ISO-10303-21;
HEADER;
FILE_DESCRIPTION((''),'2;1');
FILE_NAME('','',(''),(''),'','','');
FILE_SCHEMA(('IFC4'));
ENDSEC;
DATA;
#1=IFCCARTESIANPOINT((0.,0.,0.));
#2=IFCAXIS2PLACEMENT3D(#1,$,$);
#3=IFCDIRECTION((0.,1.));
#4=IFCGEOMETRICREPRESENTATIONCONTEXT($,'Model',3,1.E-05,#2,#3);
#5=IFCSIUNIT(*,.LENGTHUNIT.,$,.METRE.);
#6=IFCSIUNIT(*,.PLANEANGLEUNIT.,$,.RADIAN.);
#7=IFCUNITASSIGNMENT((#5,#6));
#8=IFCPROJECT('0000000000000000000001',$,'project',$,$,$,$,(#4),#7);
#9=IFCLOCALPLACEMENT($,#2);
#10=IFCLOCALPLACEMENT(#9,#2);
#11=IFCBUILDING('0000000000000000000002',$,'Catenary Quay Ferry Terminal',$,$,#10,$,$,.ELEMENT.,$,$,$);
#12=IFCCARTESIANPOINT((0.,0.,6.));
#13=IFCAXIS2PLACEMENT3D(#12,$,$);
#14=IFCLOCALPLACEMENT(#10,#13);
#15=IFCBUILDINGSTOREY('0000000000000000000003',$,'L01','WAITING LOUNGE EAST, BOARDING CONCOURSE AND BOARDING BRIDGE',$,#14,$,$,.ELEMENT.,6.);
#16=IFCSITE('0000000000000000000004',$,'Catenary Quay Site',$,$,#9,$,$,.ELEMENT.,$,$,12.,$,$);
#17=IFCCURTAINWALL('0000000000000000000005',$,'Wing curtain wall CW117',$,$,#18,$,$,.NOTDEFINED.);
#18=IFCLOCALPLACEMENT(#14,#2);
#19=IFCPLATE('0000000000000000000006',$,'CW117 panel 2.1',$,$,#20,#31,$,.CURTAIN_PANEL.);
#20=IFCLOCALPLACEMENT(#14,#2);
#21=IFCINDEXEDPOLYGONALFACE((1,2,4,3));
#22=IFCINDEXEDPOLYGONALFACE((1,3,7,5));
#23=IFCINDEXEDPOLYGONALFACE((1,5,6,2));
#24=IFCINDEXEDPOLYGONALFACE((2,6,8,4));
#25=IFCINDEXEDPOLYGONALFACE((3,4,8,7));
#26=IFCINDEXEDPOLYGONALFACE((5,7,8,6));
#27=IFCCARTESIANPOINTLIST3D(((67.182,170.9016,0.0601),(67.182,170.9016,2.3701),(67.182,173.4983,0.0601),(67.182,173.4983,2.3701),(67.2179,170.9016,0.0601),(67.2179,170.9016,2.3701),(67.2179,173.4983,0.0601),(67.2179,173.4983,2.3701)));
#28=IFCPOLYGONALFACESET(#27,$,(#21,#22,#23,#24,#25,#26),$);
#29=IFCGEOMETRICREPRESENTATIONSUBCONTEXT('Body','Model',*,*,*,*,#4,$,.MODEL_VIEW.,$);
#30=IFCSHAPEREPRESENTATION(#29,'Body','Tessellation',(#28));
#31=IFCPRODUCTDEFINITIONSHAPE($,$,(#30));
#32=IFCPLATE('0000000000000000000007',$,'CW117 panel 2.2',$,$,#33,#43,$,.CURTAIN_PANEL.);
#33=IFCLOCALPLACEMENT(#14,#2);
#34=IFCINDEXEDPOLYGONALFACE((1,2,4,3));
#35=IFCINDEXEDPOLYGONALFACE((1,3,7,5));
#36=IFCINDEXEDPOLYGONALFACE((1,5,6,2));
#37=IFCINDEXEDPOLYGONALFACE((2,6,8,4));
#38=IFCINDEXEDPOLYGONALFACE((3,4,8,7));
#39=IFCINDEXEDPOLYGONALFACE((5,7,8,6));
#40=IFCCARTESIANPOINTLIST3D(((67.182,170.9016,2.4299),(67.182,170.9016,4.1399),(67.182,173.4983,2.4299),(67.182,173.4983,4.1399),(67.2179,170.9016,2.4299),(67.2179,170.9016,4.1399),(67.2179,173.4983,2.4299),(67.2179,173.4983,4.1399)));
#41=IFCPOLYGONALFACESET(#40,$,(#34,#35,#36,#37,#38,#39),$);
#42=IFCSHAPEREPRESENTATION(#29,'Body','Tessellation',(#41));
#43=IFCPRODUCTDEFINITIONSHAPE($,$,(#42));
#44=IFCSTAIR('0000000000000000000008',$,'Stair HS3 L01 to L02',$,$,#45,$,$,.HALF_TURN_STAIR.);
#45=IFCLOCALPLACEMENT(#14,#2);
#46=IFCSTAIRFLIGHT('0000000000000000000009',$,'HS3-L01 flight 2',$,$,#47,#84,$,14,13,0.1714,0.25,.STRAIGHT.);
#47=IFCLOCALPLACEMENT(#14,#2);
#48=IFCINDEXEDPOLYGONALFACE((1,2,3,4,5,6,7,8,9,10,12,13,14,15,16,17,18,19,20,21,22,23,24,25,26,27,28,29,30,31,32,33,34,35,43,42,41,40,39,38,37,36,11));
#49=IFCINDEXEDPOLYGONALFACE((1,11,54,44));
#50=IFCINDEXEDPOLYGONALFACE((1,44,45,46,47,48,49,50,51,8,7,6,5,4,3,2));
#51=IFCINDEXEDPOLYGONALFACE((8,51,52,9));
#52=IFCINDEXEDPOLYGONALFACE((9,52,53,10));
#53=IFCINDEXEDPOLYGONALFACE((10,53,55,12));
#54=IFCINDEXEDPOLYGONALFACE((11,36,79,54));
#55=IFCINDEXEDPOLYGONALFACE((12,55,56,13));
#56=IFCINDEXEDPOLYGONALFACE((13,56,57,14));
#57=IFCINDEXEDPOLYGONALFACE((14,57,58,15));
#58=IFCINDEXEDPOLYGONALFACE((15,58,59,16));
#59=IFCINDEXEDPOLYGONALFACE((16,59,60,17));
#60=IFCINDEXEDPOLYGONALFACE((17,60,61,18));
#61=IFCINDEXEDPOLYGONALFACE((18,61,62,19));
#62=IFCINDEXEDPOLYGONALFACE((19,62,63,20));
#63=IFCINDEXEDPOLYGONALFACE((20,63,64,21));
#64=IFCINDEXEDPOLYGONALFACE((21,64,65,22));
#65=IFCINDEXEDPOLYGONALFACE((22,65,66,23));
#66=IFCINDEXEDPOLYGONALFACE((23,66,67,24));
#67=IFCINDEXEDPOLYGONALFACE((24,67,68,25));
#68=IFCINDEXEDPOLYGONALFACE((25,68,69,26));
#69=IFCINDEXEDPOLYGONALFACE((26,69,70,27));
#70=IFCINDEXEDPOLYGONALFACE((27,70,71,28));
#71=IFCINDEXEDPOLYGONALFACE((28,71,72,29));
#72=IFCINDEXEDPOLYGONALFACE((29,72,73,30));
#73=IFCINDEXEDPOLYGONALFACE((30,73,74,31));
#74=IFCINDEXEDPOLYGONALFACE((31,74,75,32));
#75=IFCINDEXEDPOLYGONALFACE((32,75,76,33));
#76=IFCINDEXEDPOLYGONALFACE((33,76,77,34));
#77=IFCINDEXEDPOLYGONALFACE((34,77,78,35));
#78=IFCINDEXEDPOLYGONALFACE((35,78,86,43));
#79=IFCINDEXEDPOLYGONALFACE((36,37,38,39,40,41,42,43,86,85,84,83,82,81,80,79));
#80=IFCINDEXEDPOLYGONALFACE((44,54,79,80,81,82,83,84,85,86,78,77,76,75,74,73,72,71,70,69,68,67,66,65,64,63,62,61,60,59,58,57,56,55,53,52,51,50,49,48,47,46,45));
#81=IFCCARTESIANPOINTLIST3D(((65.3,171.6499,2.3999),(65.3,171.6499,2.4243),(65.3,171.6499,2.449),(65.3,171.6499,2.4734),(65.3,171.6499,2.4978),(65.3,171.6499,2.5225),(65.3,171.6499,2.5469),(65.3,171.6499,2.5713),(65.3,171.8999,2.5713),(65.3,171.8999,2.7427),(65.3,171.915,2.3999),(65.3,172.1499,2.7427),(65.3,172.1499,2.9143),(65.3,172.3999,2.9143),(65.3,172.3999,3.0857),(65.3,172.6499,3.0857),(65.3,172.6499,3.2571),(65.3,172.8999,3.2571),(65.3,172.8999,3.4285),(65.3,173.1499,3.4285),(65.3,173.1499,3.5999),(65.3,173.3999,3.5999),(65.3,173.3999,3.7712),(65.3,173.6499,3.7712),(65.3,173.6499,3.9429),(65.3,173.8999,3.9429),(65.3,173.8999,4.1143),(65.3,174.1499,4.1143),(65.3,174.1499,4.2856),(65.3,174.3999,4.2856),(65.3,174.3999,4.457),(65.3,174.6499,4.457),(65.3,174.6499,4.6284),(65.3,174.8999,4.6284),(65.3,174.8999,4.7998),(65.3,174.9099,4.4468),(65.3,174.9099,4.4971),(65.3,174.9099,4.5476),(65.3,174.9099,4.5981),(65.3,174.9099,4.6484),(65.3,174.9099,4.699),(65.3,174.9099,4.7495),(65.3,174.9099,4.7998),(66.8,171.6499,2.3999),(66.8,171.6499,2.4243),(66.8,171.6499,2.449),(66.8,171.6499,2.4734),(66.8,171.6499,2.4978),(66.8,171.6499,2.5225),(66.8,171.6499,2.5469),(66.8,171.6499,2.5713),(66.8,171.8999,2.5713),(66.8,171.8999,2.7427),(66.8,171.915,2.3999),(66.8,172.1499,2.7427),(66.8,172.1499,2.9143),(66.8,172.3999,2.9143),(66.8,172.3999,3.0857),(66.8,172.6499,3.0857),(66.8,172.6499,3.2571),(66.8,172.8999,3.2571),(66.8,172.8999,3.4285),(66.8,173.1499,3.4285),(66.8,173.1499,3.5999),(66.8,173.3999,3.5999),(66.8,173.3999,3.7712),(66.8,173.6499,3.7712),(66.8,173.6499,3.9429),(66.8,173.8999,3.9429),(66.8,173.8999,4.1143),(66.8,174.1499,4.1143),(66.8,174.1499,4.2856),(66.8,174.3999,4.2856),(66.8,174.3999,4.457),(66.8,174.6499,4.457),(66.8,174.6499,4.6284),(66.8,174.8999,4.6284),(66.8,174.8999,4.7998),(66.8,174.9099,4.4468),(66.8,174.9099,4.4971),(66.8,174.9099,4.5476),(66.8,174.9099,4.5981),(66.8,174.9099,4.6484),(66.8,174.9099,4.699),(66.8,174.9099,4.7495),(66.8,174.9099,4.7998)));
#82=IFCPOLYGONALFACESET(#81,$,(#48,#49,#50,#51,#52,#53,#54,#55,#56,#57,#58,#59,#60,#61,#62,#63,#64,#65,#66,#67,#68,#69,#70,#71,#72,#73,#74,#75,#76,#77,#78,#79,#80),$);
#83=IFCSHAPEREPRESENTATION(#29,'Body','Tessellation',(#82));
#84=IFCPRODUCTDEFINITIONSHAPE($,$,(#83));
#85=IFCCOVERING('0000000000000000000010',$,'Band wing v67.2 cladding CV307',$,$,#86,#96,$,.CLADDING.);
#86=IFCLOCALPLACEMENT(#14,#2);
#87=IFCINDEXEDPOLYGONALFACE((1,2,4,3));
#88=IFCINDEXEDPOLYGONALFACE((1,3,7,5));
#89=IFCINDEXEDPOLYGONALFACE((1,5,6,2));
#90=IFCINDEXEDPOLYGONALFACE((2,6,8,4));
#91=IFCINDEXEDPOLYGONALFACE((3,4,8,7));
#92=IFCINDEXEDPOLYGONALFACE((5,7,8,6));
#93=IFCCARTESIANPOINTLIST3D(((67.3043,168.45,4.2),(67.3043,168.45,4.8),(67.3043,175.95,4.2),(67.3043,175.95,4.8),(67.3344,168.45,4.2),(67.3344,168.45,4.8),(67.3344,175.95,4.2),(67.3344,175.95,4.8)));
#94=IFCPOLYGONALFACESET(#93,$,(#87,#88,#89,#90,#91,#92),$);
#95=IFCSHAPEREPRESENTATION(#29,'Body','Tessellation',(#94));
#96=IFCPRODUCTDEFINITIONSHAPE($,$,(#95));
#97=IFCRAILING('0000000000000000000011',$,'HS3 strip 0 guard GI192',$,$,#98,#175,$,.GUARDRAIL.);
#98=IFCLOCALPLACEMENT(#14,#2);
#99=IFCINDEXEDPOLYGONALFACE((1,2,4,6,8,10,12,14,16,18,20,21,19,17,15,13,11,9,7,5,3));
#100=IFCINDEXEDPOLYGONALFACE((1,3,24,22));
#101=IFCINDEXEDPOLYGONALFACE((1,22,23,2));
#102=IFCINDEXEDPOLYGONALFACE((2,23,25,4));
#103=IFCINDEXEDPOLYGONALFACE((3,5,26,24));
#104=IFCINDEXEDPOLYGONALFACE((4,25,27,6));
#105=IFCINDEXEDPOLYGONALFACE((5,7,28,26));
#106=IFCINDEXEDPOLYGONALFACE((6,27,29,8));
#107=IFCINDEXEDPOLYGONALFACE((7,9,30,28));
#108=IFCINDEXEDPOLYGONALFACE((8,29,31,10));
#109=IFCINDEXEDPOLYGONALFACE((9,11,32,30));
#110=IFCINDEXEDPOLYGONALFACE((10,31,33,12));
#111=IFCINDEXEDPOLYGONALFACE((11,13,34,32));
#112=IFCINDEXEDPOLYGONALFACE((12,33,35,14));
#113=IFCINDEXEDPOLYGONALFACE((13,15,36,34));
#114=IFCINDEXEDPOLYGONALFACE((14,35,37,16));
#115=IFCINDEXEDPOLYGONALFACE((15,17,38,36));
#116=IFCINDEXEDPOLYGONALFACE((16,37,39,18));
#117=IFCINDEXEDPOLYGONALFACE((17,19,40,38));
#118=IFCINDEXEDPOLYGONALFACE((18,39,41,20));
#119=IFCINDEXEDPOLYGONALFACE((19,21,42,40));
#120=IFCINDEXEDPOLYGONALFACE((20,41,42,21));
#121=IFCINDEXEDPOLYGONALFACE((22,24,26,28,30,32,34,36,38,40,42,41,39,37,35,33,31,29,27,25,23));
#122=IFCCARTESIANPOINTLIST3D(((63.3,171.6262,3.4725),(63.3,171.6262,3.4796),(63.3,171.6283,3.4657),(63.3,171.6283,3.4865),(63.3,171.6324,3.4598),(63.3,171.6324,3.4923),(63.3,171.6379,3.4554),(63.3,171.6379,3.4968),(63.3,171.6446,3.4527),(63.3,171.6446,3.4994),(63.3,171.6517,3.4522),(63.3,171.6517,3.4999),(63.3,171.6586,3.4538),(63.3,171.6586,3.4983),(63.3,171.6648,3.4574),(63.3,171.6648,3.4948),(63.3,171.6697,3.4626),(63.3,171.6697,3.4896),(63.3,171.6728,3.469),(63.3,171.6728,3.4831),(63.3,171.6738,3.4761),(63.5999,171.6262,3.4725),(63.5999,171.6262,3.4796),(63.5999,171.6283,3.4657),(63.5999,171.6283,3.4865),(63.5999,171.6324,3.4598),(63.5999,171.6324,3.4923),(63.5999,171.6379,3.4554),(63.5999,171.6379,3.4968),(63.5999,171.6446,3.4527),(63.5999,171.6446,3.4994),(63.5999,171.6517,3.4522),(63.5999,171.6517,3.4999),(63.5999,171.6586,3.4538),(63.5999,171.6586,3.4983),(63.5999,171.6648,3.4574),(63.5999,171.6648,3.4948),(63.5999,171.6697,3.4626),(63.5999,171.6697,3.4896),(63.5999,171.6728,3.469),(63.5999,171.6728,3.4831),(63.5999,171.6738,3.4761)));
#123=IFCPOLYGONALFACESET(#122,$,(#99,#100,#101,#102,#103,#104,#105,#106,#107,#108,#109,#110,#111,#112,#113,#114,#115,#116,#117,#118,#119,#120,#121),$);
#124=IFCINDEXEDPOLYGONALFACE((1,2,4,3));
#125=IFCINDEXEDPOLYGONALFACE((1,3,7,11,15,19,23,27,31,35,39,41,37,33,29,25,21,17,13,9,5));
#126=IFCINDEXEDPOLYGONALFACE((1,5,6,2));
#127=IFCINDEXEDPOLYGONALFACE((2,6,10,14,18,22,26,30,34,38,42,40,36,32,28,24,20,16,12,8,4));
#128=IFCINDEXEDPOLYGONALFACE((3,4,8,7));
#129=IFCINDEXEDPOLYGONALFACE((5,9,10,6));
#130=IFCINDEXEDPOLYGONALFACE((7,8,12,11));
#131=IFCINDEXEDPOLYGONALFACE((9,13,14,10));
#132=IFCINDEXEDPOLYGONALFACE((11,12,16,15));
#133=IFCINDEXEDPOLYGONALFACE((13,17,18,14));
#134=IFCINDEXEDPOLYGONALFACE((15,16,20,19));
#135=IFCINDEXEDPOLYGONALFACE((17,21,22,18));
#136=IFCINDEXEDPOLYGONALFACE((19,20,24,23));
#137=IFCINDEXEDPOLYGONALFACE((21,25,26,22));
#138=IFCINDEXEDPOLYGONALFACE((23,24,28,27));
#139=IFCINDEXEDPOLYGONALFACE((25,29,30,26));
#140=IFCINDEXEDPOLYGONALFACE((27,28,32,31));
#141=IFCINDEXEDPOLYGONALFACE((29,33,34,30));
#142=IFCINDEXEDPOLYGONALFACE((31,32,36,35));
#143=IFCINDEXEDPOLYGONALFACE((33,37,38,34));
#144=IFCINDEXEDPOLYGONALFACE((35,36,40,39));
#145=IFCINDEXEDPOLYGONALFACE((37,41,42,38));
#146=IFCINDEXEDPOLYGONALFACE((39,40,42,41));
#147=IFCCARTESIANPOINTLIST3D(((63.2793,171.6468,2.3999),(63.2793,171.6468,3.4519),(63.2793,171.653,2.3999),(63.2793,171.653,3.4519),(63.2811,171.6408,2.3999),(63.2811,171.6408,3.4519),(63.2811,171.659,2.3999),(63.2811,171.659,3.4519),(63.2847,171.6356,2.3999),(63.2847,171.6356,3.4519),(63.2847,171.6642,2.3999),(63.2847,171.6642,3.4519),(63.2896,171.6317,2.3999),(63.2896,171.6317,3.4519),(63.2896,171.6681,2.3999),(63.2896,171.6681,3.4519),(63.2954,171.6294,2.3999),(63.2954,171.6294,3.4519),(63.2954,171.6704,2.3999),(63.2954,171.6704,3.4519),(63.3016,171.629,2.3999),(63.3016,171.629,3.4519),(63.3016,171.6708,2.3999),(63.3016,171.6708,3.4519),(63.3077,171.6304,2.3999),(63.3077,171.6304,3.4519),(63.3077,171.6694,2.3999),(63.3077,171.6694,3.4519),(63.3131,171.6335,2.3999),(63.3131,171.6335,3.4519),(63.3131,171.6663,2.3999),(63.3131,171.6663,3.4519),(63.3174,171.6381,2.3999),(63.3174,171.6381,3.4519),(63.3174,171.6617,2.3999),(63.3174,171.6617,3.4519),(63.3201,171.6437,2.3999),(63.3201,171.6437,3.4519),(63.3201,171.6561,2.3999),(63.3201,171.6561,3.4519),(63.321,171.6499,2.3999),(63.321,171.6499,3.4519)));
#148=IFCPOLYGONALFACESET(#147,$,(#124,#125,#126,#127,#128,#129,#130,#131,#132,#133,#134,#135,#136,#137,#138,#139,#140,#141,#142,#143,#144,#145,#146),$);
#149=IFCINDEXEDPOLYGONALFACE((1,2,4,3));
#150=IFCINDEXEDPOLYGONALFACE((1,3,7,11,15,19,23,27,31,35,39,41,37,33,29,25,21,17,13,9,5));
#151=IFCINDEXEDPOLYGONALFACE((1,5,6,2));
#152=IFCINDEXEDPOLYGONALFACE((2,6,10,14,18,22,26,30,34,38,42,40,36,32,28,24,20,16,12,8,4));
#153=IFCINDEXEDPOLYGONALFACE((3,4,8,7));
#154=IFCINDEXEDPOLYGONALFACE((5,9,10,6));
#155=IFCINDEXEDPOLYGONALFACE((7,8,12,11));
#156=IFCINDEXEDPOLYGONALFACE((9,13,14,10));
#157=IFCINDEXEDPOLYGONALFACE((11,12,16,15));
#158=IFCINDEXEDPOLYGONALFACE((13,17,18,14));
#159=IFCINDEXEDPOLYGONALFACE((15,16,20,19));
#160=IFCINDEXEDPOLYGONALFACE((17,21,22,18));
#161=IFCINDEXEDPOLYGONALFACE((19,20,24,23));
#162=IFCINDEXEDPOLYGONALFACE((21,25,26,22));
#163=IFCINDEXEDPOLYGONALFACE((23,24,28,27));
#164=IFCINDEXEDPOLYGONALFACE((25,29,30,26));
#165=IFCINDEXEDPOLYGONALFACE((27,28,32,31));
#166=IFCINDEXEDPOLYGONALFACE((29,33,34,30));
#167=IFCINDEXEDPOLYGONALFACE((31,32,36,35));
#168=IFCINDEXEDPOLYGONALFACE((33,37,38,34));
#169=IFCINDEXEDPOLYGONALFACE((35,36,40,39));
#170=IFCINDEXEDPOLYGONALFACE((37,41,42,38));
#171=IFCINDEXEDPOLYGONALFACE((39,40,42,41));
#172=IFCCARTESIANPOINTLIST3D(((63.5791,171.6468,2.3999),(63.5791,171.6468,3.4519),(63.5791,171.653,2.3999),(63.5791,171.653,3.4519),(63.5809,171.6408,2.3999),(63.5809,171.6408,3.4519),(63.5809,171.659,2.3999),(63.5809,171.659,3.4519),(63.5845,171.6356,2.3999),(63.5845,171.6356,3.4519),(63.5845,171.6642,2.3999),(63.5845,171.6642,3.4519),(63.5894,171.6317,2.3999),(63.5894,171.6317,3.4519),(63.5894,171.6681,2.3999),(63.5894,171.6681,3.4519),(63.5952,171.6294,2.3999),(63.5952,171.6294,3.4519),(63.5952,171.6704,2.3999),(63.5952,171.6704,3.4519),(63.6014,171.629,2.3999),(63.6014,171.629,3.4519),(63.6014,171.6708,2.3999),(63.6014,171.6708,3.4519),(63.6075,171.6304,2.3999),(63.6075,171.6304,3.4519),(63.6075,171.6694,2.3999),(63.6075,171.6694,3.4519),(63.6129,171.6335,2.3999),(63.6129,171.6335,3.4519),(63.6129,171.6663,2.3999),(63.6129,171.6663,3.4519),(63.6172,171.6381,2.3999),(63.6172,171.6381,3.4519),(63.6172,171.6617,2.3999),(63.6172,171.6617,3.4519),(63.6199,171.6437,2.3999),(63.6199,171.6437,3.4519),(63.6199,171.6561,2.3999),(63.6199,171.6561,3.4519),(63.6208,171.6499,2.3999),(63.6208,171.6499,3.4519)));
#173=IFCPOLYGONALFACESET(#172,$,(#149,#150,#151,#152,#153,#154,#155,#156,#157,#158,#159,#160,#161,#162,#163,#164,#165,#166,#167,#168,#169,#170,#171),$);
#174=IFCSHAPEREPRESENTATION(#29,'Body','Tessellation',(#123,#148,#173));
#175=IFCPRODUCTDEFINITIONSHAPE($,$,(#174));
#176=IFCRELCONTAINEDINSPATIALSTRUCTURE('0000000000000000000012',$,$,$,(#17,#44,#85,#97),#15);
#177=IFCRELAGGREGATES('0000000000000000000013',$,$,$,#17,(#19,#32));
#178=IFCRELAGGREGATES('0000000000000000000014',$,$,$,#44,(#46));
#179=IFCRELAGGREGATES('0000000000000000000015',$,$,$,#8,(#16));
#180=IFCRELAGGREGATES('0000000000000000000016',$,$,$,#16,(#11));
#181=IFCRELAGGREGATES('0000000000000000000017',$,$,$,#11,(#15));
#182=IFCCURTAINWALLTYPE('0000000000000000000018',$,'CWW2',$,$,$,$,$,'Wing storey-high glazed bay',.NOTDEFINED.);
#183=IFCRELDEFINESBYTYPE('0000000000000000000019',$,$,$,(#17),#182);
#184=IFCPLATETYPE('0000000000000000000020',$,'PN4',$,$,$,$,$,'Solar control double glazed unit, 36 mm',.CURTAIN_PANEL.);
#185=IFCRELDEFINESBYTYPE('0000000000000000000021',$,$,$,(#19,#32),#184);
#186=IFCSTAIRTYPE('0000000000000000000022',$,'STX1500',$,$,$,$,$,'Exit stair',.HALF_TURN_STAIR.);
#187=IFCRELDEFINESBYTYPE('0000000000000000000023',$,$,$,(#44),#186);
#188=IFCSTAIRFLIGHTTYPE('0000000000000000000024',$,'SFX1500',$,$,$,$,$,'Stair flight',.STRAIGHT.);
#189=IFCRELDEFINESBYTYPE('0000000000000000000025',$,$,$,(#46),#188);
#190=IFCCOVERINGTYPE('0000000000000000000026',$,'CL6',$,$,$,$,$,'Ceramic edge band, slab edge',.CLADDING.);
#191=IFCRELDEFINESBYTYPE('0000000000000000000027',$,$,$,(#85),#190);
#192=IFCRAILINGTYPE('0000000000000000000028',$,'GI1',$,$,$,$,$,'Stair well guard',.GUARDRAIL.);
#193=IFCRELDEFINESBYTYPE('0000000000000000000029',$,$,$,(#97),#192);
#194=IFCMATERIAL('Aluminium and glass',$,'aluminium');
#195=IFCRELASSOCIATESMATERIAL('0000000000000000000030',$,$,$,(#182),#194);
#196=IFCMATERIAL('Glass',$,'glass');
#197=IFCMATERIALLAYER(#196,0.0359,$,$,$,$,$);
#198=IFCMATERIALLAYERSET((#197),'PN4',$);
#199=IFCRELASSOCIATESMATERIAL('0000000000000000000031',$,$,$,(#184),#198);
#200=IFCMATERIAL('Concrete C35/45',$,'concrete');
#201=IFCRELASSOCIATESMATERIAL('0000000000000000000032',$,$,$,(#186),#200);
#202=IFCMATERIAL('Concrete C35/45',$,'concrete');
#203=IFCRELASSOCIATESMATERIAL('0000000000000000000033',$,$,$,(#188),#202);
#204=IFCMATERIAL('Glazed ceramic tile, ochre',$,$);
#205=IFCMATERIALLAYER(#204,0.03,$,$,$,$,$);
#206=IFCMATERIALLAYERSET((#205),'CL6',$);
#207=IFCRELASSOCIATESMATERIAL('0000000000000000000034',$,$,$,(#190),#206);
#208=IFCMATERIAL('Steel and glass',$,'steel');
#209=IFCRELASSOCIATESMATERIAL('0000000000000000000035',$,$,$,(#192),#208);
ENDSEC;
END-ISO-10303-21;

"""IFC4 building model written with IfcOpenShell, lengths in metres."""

from ifc_helpers import new_model, si_unit, direction, frame, origin, origin_2d, place, context, subcontext, project, spatial, polyline, rectangle, circle, outline, extrude, material, layer, layer_set, type_object, element, aggregate, save


model = new_model("IFC4")

# Units and contexts
model_context = context("Model", 3, precision=1e-05, world=origin(), true_north=direction((0.0, 1.0)))
body_context = subcontext(model_context, "Body", "Model", "MODEL_VIEW")
ifc_project = project(units=[si_unit("LENGTHUNIT", "METRE"), si_unit("PLANEANGLEUNIT", "RADIAN")], contexts=[model_context])

# Site, building, storey
site_placement = place(None, origin())
site = spatial("IfcSite", under=ifc_project, at=site_placement, Name="Catenary Quay Site", CompositionType="ELEMENT", RefElevation=12.0)
building_placement = place(site_placement, origin())
building = spatial("IfcBuilding", under=site, at=building_placement, Name="Catenary Quay Ferry Terminal", CompositionType="ELEMENT")
storey_placement = place(building_placement, frame((0.0, 0.0, 6.0)))
storey = spatial("IfcBuildingStorey", under=building, at=storey_placement, Name="L01", Description="WAITING LOUNGE EAST, BOARDING CONCOURSE AND BOARDING BRIDGE", CompositionType="ELEMENT", Elevation=6.0)

# Curtain wall, plates
ifc_material_1 = material(Name="Aluminium and glass", Category="aluminium")
curtain_wall_type = type_object("IfcCurtainWallType", Name="CWW2", ElementType="Wing storey-high glazed bay", PredefinedType="NOTDEFINED", material=ifc_material_1)
curtain_wall_placement = place(storey_placement, origin())
curtain_wall = element("IfcCurtainWall", 1, at=curtain_wall_placement, inside=storey, type_object=curtain_wall_type, Name="Wing curtain wall CW117", PredefinedType="NOTDEFINED")
ifc_material_2 = material(Name="Glass", Category="glass")
ifc_layer_1 = layer(ifc_material_2, 0.0359)
ifc_layer_set_1 = layer_set([ifc_layer_1], Name="PN4")
plate_type = type_object("IfcPlateType", Name="PN4", ElementType="Solar control double glazed unit, 36 mm", PredefinedType="CURTAIN_PANEL", material=ifc_layer_set_1)
plate_1_placement = place(storey_placement, frame((67.2, 172.2, 0.0601), z_axis=(0.0, 0.0, 1.0), x_axis=(0.0, 1.0, 0.0)))
plate_1 = element("IfcPlate", 2, at=plate_1_placement, type_object=plate_type, Name="CW117 panel 2.1", PredefinedType="CURTAIN_PANEL", context=body_context, shape_type="SweptSolid", body=[
    extrude(rectangle(XDim=2.5967, YDim=0.0359, at=origin_2d()), origin(), (0.0, 0.0, 1.0), 2.3101),
])
plate_2_placement = place(storey_placement, frame((67.2, 172.2, 2.4299), z_axis=(0.0, 0.0, 1.0), x_axis=(0.0, 1.0, 0.0)))
plate_2 = element("IfcPlate", 3, at=plate_2_placement, type_object=plate_type, Name="CW117 panel 2.2", PredefinedType="CURTAIN_PANEL", context=body_context, shape_type="SweptSolid", body=[
    extrude(rectangle(XDim=2.5967, YDim=0.0359, at=origin_2d()), origin(), (0.0, 0.0, 1.0), 1.71),
])
aggregate(curtain_wall, [plate_1, plate_2])

# Stair, stair flight
ifc_material_3 = material(Name="Concrete C35/45", Category="concrete")
stair_type = type_object("IfcStairType", Name="STX1500", ElementType="Exit stair", PredefinedType="HALF_TURN_STAIR", material=ifc_material_3)
stair_placement = place(storey_placement, origin())
stair = element("IfcStair", 4, at=stair_placement, inside=storey, type_object=stair_type, Name="Stair HS3 L01 to L02", PredefinedType="HALF_TURN_STAIR")
ifc_material_4 = material(Name="Concrete C35/45", Category="concrete")
stair_flight_type = type_object("IfcStairFlightType", Name="SFX1500", ElementType="Stair flight", PredefinedType="STRAIGHT", material=ifc_material_4)
stair_flight_placement = place(storey_placement, frame((66.05, 171.6499, 2.3999), z_axis=(0.0, 0.0, 1.0), x_axis=(0.0, 1.0, 0.0)))
stair_flight = element("IfcStairFlight", 5, at=stair_flight_placement, type_object=stair_flight_type, Name="HS3-L01 flight 2", NumberOfRisers=14, NumberOfTreads=13, PredefinedType="STRAIGHT", RiserHeight=0.1714, TreadLength=0.25, context=body_context, shape_type="SweptSolid", body=[
    extrude(outline(polyline([(0.0, 0.0), (0.0, 0.0244), (0.0, 0.0491), (0.0, 0.0735), (0.0, 0.0979), (0.0, 0.1226), (0.0, 0.147), (0.0, 0.1714), (0.25, 0.1714), (0.25, 0.3428), (0.5, 0.3428), (0.5, 0.5144), (0.75, 0.5144), (0.75, 0.6858), (1.0, 0.6858), (1.0, 0.8572), (1.25, 0.8572), (1.25, 1.0286), (1.5, 1.0286), (1.5, 1.2), (1.75, 1.2), (1.75, 1.3713), (2.0, 1.3713), (2.0, 1.543), (2.25, 1.543), (2.25, 1.7144), (2.5, 1.7144), (2.5, 1.8857), (2.75, 1.8857), (2.75, 2.0571), (3.0, 2.0571), (3.0, 2.2285), (3.25, 2.2285), (3.25, 2.3999), (3.26, 2.3999), (3.26, 2.3496), (3.26, 2.2991), (3.26, 2.2485), (3.26, 2.1982), (3.26, 2.1477), (3.26, 2.0972), (3.26, 2.0469), (0.2651, 0.0), (0.0, 0.0)])), frame((0.0, 0.75, 0.0), z_axis=(0.0, -1.0, 0.0), x_axis=(1.0, 0.0, 0.0)), (0.0, 0.0, 1.0), 1.5),
])
aggregate(stair, [stair_flight])

# Covering
ifc_material_5 = material(Name="Glazed ceramic tile, ochre")
ifc_layer_2 = layer(ifc_material_5, 0.03)
ifc_layer_set_2 = layer_set([ifc_layer_2], Name="CL6")
covering_type = type_object("IfcCoveringType", Name="CL6", ElementType="Ceramic edge band, slab edge", PredefinedType="CLADDING", material=ifc_layer_set_2)
covering_placement = place(storey_placement, frame((67.3193, 172.2, 4.2), z_axis=(0.0, 0.0, 1.0), x_axis=(1.0, 0.0, 0.0)))
element("IfcCovering", 6, at=covering_placement, inside=storey, type_object=covering_type, Name="Band wing v67.2 cladding CV307", PredefinedType="CLADDING", context=body_context, shape_type="SweptSolid", body=[
    extrude(rectangle(XDim=0.03, YDim=7.5, at=origin_2d()), origin(), (0.0, 0.0, 1.0), 0.6001),
])

# Railing
ifc_material_6 = material(Name="Steel and glass", Category="steel")
railing_type_1 = type_object("IfcRailingType", Name="GI1", ElementType="Stair well guard", PredefinedType="GUARDRAIL", material=ifc_material_6)
railing_1_placement = place(storey_placement, frame((63.3, 171.6499, 2.3999)))
element("IfcRailing", 7, at=railing_1_placement, inside=storey, type_object=railing_type_1, Name="HS3 strip 0 guard GI192", PredefinedType="GUARDRAIL", context=body_context, shape_type="SweptSolid", body=[
    extrude(circle(Radius=0.0239, at=origin_2d()), frame((0.0, 0.0, 1.0762), z_axis=(1.0, 0.0, 0.0), x_axis=(0.0, 1.0, 0.0)), (0.0, 0.0, 1.0), 0.2998),
    extrude(circle(Radius=0.021, at=origin_2d()), origin(), (0.0, 0.0, 1.0), 1.052),
    extrude(circle(Radius=0.021, at=origin_2d()), frame((0.2998, 0.0, 0.0)), (0.0, 0.0, 1.0), 1.052),
])

save(model, "model.ifc")
